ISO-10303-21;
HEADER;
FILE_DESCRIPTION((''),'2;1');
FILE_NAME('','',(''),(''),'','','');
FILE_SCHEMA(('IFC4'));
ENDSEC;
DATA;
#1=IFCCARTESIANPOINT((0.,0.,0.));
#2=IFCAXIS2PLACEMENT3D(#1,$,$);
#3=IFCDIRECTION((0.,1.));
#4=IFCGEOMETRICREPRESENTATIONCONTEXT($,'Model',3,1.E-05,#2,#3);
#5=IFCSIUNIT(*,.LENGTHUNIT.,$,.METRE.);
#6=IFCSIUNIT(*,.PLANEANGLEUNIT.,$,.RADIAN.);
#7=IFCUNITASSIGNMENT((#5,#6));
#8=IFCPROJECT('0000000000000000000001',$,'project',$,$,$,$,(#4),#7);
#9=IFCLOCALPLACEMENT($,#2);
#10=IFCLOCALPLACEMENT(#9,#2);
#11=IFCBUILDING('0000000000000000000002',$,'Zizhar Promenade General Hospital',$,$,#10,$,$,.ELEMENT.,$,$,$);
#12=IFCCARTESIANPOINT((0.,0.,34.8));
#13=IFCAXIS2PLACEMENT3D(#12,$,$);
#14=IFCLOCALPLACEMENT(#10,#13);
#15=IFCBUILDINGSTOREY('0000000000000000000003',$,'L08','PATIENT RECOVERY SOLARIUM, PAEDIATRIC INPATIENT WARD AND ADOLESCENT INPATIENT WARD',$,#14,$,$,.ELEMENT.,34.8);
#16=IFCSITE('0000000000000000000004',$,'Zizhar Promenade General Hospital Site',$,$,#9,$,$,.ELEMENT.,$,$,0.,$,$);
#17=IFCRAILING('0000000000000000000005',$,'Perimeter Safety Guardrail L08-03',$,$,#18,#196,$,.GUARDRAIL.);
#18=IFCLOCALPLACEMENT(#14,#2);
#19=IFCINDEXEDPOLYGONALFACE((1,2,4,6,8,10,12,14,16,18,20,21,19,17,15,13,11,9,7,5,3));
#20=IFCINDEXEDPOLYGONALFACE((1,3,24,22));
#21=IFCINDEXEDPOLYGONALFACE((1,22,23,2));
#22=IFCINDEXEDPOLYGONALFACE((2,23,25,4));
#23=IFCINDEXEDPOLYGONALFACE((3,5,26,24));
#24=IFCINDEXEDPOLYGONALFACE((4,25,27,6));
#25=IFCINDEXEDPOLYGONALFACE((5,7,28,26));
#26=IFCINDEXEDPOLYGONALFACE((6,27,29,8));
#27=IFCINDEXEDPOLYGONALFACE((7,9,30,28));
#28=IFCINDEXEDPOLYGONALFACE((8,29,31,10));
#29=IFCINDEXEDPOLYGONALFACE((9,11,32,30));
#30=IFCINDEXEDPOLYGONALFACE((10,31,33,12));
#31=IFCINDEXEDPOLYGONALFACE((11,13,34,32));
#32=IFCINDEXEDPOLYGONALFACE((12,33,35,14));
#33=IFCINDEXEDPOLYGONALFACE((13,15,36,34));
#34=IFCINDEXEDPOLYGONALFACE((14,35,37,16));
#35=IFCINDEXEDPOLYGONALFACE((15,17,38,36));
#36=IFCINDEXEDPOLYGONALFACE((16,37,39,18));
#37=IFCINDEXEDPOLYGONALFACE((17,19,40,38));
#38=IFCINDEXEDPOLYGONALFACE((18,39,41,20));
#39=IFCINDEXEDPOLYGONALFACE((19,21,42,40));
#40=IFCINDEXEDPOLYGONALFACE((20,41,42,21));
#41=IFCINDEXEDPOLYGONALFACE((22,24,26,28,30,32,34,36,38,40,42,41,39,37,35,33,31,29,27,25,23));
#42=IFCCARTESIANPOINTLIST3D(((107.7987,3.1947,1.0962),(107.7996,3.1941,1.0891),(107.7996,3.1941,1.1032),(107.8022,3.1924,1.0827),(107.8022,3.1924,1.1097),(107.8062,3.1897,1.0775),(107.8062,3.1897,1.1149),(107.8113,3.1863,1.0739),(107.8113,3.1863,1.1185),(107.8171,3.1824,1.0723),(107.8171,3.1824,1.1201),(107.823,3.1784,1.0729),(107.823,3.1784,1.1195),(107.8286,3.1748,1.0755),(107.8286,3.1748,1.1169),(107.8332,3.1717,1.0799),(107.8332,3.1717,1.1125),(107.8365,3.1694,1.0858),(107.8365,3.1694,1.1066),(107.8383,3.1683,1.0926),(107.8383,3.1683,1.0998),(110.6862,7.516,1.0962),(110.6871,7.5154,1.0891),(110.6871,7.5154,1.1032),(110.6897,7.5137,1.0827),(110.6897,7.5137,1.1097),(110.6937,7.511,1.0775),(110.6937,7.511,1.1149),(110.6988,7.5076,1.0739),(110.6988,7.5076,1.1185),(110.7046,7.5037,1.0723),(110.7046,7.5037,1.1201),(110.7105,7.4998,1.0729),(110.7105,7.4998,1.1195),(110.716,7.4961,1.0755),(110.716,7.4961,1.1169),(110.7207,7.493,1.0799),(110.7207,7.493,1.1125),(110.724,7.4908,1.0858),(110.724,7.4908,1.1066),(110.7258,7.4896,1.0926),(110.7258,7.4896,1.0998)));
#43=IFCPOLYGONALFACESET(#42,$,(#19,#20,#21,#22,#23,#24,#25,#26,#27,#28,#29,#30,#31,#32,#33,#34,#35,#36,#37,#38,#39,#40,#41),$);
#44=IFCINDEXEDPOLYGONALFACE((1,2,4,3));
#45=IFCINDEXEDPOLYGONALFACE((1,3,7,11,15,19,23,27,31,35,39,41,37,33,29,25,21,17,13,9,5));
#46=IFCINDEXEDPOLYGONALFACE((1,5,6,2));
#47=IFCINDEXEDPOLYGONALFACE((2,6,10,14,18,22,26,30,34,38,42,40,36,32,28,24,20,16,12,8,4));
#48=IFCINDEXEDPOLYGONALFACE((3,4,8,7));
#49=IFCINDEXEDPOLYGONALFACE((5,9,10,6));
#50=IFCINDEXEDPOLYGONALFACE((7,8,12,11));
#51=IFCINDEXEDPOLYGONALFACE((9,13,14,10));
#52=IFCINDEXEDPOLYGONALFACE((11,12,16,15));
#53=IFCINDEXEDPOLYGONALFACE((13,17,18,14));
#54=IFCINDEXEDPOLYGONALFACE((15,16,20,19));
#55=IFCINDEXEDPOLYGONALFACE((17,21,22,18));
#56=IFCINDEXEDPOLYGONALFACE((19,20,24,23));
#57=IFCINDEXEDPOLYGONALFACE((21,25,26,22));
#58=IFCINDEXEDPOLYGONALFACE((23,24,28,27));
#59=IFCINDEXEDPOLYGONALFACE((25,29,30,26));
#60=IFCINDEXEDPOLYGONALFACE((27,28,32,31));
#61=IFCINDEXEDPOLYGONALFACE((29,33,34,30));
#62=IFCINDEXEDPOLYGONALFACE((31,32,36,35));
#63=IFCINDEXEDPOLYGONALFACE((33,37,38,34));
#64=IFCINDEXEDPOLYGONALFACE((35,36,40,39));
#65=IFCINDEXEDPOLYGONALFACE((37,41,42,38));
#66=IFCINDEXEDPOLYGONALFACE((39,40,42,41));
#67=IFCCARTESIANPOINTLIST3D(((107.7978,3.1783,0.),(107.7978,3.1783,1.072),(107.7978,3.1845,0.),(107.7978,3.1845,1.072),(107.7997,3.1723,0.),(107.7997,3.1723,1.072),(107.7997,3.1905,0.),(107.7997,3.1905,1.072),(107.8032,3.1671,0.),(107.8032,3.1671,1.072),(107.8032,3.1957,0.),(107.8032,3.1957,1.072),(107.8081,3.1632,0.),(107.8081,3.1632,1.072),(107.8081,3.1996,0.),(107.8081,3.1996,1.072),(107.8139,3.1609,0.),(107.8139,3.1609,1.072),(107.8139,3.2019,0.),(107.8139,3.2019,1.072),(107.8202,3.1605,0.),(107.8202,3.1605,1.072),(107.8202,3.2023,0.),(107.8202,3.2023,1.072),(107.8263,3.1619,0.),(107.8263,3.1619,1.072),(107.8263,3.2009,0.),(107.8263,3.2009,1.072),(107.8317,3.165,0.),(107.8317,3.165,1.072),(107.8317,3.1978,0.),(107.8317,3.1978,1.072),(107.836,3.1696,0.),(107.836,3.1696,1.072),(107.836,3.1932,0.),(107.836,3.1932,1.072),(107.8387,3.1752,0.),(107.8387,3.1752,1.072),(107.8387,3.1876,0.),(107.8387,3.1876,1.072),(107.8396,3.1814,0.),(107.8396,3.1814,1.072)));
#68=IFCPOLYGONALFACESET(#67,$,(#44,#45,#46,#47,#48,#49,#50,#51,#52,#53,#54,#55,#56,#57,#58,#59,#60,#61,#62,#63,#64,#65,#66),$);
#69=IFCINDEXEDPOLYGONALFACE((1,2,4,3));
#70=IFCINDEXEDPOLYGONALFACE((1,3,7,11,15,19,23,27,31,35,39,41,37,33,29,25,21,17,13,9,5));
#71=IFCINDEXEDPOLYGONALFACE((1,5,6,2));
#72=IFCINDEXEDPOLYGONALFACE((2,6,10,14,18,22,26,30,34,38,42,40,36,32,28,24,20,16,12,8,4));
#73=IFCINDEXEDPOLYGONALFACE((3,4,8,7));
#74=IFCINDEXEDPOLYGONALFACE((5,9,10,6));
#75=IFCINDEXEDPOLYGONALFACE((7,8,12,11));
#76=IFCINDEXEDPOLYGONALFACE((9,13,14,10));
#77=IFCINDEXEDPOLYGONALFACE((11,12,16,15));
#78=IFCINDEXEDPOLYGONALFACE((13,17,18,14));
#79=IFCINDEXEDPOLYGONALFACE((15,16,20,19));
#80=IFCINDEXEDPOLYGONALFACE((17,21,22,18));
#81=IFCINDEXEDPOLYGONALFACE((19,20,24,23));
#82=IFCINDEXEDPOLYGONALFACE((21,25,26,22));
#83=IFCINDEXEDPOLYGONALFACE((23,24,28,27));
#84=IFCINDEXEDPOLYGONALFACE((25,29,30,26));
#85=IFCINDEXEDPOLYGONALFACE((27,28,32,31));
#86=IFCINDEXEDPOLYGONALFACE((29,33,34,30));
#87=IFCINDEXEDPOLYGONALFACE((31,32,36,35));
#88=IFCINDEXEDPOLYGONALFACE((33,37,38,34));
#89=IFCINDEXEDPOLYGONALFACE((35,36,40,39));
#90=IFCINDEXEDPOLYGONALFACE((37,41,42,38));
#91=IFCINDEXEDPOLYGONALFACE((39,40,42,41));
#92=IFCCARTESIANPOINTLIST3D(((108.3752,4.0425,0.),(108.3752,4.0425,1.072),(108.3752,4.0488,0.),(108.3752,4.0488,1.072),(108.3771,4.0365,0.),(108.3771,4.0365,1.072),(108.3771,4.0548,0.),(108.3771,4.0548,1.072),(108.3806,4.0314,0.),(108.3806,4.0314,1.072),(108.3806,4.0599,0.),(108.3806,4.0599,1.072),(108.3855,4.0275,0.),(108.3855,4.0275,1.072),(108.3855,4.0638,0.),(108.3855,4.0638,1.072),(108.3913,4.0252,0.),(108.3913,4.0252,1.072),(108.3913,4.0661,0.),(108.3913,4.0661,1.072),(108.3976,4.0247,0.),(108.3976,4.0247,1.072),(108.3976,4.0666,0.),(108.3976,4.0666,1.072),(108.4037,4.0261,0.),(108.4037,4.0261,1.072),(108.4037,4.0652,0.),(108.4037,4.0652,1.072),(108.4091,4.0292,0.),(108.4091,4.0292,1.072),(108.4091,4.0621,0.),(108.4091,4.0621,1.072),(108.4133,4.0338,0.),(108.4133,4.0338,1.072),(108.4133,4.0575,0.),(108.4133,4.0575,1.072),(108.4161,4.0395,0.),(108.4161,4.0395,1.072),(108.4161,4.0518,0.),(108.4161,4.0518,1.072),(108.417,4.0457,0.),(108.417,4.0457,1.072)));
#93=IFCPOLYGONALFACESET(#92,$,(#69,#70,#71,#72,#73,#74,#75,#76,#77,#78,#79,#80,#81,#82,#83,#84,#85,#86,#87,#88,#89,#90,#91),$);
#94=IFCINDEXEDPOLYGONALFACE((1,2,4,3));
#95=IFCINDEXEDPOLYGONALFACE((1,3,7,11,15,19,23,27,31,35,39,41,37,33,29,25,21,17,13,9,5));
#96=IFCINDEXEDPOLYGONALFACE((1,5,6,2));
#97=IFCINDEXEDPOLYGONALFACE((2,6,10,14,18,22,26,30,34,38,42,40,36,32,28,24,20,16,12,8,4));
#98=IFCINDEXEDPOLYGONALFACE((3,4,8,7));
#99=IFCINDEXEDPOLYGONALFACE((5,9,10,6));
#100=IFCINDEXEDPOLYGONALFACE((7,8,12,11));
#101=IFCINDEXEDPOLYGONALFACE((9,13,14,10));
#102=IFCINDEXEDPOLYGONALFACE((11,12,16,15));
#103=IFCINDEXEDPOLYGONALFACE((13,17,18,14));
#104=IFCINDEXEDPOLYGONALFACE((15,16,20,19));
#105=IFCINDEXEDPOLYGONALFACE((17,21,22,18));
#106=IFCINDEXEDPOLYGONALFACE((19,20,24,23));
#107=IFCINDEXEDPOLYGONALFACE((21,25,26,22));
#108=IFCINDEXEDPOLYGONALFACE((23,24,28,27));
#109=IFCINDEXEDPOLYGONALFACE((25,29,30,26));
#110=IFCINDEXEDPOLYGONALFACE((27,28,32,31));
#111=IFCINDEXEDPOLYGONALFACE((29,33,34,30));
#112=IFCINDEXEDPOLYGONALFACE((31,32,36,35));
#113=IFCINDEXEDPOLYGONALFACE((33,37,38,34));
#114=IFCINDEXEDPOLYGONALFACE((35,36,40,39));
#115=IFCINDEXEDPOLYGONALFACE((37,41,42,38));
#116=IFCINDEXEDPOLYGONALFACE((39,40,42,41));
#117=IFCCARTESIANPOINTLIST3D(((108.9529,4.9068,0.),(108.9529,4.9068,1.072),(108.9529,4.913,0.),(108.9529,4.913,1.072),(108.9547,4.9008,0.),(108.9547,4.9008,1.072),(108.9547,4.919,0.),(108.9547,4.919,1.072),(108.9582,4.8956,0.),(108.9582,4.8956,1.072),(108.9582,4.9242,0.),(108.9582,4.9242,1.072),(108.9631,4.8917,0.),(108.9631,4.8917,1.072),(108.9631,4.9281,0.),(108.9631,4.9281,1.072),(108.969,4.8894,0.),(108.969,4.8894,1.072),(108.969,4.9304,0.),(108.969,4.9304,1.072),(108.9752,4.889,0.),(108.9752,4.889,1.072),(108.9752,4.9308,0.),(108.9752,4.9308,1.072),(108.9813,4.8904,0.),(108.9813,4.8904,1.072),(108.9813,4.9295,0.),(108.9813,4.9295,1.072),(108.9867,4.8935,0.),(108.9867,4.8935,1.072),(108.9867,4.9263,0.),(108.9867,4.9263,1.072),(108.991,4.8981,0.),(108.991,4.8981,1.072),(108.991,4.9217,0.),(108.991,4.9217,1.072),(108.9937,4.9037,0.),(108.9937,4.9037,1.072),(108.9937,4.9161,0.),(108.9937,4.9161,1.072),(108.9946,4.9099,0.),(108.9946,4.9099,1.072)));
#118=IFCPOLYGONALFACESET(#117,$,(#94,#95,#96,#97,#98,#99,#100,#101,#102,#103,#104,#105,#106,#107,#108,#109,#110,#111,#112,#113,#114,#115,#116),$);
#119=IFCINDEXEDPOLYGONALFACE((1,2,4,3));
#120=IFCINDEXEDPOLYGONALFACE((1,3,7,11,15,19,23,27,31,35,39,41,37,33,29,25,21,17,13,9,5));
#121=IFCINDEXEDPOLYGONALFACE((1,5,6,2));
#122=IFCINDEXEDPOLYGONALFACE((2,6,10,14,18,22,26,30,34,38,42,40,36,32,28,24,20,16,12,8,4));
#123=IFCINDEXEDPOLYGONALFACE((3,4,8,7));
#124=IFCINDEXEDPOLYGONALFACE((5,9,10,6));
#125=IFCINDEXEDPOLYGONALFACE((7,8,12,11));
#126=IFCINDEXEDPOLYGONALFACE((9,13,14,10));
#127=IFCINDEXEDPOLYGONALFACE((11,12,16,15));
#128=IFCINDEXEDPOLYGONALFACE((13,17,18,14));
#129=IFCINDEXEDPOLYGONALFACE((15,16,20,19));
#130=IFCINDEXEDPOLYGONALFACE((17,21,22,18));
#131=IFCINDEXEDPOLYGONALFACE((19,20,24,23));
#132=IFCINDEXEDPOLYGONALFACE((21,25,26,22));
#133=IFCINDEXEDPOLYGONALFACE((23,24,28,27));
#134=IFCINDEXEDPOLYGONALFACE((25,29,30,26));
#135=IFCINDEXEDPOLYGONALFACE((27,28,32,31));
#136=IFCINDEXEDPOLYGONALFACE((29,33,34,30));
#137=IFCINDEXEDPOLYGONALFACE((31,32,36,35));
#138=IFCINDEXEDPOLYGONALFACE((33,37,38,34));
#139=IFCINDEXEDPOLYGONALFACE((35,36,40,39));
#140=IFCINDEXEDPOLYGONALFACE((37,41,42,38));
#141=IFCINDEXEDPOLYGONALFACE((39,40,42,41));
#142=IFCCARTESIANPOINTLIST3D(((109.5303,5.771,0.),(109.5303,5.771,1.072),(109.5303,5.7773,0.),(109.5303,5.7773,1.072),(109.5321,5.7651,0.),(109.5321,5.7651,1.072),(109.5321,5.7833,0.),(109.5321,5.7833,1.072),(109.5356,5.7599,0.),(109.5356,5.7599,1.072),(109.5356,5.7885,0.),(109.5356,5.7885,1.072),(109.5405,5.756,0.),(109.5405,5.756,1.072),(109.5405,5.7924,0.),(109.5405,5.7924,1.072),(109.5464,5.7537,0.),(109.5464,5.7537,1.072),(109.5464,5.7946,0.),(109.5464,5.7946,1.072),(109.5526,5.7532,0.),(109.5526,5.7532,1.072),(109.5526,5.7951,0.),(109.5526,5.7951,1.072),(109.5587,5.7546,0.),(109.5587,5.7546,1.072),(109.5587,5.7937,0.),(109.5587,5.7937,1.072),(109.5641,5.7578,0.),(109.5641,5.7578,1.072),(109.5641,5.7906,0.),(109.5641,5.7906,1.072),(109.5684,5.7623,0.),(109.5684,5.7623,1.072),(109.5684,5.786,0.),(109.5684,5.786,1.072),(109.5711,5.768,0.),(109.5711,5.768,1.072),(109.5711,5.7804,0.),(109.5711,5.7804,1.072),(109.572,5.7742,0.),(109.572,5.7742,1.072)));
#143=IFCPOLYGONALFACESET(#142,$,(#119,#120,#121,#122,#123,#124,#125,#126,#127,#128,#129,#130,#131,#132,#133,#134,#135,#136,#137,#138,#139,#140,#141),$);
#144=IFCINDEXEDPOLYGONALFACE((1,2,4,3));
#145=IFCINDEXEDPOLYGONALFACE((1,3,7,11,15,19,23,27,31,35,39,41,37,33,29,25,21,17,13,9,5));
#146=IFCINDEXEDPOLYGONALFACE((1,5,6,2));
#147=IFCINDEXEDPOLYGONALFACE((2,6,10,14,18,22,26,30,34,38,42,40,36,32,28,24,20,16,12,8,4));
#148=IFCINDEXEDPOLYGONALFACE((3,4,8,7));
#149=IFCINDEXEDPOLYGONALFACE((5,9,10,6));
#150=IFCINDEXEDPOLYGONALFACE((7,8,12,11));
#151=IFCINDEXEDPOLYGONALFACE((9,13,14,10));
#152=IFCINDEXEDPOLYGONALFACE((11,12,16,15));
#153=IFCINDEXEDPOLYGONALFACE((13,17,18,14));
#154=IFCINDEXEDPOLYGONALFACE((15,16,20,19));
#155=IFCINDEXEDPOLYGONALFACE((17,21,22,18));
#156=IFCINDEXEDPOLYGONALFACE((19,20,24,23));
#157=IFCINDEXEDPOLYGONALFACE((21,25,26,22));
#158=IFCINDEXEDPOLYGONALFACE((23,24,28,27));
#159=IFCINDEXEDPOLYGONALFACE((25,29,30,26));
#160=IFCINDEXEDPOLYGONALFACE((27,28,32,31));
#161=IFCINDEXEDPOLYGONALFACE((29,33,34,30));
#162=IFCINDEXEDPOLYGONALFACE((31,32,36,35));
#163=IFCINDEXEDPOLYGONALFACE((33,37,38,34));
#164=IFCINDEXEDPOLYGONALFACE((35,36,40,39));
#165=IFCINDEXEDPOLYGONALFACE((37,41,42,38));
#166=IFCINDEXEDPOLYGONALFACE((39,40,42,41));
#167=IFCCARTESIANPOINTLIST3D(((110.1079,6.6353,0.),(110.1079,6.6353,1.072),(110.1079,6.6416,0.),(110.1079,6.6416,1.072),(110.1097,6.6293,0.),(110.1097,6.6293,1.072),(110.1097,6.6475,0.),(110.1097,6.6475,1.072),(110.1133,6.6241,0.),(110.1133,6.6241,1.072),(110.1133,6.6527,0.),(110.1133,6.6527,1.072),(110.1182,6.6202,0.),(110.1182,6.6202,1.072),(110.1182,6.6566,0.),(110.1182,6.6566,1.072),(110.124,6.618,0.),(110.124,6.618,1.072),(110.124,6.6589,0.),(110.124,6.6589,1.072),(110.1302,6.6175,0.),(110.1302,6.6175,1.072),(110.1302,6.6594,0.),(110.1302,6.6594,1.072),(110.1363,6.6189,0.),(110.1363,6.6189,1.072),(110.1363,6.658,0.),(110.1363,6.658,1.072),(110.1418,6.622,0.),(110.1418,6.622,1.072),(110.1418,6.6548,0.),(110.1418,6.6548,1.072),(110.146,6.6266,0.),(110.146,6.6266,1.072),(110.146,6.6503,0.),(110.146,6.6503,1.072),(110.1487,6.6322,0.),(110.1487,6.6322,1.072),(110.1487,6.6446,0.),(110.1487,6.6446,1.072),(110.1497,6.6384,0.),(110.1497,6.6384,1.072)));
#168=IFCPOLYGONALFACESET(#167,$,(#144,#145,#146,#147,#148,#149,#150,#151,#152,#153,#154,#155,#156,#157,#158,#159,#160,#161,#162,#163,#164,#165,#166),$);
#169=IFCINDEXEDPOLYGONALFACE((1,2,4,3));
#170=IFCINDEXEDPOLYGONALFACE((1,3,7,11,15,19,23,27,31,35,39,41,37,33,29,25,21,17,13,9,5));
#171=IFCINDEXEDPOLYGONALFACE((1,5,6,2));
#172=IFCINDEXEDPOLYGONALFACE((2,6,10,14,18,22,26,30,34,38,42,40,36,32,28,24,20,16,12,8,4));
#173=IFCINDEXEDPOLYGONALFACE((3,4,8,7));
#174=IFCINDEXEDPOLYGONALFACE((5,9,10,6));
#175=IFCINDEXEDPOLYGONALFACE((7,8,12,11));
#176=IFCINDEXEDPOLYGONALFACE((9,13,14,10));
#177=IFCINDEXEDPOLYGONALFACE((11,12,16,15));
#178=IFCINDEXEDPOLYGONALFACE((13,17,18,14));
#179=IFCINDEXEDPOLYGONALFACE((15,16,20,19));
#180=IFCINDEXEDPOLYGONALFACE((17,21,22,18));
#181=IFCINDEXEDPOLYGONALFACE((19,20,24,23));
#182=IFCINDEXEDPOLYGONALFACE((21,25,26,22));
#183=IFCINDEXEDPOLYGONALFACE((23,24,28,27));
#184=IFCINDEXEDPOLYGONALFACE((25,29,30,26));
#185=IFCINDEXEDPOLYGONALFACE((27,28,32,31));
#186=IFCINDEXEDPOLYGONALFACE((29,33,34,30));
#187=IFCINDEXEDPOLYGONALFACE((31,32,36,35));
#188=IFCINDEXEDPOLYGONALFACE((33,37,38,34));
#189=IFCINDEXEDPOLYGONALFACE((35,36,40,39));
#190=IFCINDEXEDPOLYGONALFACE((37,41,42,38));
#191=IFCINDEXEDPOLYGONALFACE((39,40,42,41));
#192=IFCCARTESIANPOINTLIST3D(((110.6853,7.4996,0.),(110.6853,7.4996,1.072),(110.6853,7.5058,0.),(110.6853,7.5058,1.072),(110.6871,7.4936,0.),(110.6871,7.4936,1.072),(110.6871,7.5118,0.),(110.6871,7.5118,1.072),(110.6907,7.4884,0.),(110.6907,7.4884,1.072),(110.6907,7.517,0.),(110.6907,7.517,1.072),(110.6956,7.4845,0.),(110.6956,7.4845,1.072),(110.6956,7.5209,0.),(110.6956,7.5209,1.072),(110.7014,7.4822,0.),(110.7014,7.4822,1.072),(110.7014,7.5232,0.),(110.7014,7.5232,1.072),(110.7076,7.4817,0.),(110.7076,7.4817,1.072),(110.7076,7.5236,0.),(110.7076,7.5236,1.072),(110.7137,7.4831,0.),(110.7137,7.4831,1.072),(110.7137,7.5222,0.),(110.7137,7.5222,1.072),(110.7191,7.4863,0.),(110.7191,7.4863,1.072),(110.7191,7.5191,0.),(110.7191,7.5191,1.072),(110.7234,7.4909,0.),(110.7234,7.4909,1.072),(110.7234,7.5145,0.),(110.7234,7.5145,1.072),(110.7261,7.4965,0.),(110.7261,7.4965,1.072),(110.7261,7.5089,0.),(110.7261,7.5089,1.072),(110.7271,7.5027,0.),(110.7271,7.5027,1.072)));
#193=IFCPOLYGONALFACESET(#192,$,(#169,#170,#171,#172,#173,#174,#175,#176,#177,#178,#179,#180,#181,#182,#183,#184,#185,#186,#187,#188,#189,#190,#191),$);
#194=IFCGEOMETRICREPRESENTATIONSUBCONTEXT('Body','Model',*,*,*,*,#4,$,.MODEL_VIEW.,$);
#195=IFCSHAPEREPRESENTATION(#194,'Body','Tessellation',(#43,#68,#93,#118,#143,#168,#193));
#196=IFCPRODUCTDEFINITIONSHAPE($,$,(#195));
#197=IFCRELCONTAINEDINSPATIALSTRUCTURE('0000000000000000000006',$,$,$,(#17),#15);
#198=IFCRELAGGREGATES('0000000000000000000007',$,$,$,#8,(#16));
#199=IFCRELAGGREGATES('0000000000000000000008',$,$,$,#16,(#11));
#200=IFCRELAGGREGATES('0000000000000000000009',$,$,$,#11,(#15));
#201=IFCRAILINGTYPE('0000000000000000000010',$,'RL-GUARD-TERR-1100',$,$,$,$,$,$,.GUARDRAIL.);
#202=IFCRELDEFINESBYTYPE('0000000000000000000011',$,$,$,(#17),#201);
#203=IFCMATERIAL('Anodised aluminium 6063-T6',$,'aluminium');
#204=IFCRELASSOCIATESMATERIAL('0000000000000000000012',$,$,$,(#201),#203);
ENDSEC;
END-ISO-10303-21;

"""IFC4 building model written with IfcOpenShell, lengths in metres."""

from ifc_helpers import new_model, si_unit, direction, frame, origin, origin_2d, place, context, subcontext, project, spatial, circle, hollow_circle, extrude, material, material_profile, profile_set, type_object, element, save


model = new_model("IFC4")

# Units and contexts
model_context = context("Model", 3, precision=1e-05, world=origin(), true_north=direction((0.0, 1.0)))
body_context = subcontext(model_context, "Body", "Model", "MODEL_VIEW")
ifc_project = project(units=[si_unit("LENGTHUNIT", "METRE"), si_unit("PLANEANGLEUNIT", "RADIAN")], contexts=[model_context])

# Site, building, storey
site_placement = place(None, origin())
site = spatial("IfcSite", under=ifc_project, at=site_placement, Name="Zizhar Promenade General Hospital Site", CompositionType="ELEMENT", RefElevation=0.0)
building_placement = place(site_placement, origin())
building = spatial("IfcBuilding", under=site, at=building_placement, Name="Zizhar Promenade General Hospital", CompositionType="ELEMENT")
storey_placement = place(building_placement, frame((0.0, 0.0, 34.8)))
storey = spatial("IfcBuildingStorey", under=building, at=storey_placement, Name="L08", Description="PATIENT RECOVERY SOLARIUM, PAEDIATRIC INPATIENT WARD AND ADOLESCENT INPATIENT WARD", CompositionType="ELEMENT", Elevation=34.8)

# Railing
ifc_material_1 = material(Name="Anodised aluminium 6063-T6", Category="aluminium")
ifc_material_profile_1 = material_profile(ifc_material_1, hollow_circle(Radius=0.0698, WallThickness=0.0063, at=origin_2d()))
ifc_profile_set_1 = profile_set([ifc_material_profile_1], Name="Anodised aluminium 6063-T6")
railing_type = type_object("IfcRailingType", Name="RL-GUARD-TERR-1100", PredefinedType="GUARDRAIL", material=ifc_profile_set_1)
railing_1_placement = place(storey_placement, frame((107.8186, 3.1814, 0.0)))
element("IfcRailing", 1, at=railing_1_placement, inside=storey, type_object=railing_type, Name="Perimeter Safety Guardrail L08-03", PredefinedType="GUARDRAIL", context=body_context, shape_type="SweptSolid", body=[
    extrude(circle(Radius=0.0239, at=origin_2d()), frame((0.0, 0.0, 1.0962), z_axis=(0.555578, 0.831464, 0.0), x_axis=(-0.831464, 0.555578, 0.0)), (0.0, 0.0, 1.0), 5.1973),
    extrude(circle(Radius=0.021, at=origin_2d()), origin(), (0.0, 0.0, 1.0), 1.072),
    extrude(circle(Radius=0.021, at=origin_2d()), frame((0.5774, 0.8643, 0.0)), (0.0, 0.0, 1.0), 1.072),
    extrude(circle(Radius=0.021, at=origin_2d()), frame((1.155, 1.7285, 0.0)), (0.0, 0.0, 1.0), 1.072),
    extrude(circle(Radius=0.021, at=origin_2d()), frame((1.7324, 2.5928, 0.0)), (0.0, 0.0, 1.0), 1.072),
    extrude(circle(Radius=0.021, at=origin_2d()), frame((2.3101, 3.457, 0.0)), (0.0, 0.0, 1.0), 1.072),
    extrude(circle(Radius=0.021, at=origin_2d()), frame((2.8875, 4.3213, 0.0)), (0.0, 0.0, 1.0), 1.072),
])

save(model, "model.ifc")
